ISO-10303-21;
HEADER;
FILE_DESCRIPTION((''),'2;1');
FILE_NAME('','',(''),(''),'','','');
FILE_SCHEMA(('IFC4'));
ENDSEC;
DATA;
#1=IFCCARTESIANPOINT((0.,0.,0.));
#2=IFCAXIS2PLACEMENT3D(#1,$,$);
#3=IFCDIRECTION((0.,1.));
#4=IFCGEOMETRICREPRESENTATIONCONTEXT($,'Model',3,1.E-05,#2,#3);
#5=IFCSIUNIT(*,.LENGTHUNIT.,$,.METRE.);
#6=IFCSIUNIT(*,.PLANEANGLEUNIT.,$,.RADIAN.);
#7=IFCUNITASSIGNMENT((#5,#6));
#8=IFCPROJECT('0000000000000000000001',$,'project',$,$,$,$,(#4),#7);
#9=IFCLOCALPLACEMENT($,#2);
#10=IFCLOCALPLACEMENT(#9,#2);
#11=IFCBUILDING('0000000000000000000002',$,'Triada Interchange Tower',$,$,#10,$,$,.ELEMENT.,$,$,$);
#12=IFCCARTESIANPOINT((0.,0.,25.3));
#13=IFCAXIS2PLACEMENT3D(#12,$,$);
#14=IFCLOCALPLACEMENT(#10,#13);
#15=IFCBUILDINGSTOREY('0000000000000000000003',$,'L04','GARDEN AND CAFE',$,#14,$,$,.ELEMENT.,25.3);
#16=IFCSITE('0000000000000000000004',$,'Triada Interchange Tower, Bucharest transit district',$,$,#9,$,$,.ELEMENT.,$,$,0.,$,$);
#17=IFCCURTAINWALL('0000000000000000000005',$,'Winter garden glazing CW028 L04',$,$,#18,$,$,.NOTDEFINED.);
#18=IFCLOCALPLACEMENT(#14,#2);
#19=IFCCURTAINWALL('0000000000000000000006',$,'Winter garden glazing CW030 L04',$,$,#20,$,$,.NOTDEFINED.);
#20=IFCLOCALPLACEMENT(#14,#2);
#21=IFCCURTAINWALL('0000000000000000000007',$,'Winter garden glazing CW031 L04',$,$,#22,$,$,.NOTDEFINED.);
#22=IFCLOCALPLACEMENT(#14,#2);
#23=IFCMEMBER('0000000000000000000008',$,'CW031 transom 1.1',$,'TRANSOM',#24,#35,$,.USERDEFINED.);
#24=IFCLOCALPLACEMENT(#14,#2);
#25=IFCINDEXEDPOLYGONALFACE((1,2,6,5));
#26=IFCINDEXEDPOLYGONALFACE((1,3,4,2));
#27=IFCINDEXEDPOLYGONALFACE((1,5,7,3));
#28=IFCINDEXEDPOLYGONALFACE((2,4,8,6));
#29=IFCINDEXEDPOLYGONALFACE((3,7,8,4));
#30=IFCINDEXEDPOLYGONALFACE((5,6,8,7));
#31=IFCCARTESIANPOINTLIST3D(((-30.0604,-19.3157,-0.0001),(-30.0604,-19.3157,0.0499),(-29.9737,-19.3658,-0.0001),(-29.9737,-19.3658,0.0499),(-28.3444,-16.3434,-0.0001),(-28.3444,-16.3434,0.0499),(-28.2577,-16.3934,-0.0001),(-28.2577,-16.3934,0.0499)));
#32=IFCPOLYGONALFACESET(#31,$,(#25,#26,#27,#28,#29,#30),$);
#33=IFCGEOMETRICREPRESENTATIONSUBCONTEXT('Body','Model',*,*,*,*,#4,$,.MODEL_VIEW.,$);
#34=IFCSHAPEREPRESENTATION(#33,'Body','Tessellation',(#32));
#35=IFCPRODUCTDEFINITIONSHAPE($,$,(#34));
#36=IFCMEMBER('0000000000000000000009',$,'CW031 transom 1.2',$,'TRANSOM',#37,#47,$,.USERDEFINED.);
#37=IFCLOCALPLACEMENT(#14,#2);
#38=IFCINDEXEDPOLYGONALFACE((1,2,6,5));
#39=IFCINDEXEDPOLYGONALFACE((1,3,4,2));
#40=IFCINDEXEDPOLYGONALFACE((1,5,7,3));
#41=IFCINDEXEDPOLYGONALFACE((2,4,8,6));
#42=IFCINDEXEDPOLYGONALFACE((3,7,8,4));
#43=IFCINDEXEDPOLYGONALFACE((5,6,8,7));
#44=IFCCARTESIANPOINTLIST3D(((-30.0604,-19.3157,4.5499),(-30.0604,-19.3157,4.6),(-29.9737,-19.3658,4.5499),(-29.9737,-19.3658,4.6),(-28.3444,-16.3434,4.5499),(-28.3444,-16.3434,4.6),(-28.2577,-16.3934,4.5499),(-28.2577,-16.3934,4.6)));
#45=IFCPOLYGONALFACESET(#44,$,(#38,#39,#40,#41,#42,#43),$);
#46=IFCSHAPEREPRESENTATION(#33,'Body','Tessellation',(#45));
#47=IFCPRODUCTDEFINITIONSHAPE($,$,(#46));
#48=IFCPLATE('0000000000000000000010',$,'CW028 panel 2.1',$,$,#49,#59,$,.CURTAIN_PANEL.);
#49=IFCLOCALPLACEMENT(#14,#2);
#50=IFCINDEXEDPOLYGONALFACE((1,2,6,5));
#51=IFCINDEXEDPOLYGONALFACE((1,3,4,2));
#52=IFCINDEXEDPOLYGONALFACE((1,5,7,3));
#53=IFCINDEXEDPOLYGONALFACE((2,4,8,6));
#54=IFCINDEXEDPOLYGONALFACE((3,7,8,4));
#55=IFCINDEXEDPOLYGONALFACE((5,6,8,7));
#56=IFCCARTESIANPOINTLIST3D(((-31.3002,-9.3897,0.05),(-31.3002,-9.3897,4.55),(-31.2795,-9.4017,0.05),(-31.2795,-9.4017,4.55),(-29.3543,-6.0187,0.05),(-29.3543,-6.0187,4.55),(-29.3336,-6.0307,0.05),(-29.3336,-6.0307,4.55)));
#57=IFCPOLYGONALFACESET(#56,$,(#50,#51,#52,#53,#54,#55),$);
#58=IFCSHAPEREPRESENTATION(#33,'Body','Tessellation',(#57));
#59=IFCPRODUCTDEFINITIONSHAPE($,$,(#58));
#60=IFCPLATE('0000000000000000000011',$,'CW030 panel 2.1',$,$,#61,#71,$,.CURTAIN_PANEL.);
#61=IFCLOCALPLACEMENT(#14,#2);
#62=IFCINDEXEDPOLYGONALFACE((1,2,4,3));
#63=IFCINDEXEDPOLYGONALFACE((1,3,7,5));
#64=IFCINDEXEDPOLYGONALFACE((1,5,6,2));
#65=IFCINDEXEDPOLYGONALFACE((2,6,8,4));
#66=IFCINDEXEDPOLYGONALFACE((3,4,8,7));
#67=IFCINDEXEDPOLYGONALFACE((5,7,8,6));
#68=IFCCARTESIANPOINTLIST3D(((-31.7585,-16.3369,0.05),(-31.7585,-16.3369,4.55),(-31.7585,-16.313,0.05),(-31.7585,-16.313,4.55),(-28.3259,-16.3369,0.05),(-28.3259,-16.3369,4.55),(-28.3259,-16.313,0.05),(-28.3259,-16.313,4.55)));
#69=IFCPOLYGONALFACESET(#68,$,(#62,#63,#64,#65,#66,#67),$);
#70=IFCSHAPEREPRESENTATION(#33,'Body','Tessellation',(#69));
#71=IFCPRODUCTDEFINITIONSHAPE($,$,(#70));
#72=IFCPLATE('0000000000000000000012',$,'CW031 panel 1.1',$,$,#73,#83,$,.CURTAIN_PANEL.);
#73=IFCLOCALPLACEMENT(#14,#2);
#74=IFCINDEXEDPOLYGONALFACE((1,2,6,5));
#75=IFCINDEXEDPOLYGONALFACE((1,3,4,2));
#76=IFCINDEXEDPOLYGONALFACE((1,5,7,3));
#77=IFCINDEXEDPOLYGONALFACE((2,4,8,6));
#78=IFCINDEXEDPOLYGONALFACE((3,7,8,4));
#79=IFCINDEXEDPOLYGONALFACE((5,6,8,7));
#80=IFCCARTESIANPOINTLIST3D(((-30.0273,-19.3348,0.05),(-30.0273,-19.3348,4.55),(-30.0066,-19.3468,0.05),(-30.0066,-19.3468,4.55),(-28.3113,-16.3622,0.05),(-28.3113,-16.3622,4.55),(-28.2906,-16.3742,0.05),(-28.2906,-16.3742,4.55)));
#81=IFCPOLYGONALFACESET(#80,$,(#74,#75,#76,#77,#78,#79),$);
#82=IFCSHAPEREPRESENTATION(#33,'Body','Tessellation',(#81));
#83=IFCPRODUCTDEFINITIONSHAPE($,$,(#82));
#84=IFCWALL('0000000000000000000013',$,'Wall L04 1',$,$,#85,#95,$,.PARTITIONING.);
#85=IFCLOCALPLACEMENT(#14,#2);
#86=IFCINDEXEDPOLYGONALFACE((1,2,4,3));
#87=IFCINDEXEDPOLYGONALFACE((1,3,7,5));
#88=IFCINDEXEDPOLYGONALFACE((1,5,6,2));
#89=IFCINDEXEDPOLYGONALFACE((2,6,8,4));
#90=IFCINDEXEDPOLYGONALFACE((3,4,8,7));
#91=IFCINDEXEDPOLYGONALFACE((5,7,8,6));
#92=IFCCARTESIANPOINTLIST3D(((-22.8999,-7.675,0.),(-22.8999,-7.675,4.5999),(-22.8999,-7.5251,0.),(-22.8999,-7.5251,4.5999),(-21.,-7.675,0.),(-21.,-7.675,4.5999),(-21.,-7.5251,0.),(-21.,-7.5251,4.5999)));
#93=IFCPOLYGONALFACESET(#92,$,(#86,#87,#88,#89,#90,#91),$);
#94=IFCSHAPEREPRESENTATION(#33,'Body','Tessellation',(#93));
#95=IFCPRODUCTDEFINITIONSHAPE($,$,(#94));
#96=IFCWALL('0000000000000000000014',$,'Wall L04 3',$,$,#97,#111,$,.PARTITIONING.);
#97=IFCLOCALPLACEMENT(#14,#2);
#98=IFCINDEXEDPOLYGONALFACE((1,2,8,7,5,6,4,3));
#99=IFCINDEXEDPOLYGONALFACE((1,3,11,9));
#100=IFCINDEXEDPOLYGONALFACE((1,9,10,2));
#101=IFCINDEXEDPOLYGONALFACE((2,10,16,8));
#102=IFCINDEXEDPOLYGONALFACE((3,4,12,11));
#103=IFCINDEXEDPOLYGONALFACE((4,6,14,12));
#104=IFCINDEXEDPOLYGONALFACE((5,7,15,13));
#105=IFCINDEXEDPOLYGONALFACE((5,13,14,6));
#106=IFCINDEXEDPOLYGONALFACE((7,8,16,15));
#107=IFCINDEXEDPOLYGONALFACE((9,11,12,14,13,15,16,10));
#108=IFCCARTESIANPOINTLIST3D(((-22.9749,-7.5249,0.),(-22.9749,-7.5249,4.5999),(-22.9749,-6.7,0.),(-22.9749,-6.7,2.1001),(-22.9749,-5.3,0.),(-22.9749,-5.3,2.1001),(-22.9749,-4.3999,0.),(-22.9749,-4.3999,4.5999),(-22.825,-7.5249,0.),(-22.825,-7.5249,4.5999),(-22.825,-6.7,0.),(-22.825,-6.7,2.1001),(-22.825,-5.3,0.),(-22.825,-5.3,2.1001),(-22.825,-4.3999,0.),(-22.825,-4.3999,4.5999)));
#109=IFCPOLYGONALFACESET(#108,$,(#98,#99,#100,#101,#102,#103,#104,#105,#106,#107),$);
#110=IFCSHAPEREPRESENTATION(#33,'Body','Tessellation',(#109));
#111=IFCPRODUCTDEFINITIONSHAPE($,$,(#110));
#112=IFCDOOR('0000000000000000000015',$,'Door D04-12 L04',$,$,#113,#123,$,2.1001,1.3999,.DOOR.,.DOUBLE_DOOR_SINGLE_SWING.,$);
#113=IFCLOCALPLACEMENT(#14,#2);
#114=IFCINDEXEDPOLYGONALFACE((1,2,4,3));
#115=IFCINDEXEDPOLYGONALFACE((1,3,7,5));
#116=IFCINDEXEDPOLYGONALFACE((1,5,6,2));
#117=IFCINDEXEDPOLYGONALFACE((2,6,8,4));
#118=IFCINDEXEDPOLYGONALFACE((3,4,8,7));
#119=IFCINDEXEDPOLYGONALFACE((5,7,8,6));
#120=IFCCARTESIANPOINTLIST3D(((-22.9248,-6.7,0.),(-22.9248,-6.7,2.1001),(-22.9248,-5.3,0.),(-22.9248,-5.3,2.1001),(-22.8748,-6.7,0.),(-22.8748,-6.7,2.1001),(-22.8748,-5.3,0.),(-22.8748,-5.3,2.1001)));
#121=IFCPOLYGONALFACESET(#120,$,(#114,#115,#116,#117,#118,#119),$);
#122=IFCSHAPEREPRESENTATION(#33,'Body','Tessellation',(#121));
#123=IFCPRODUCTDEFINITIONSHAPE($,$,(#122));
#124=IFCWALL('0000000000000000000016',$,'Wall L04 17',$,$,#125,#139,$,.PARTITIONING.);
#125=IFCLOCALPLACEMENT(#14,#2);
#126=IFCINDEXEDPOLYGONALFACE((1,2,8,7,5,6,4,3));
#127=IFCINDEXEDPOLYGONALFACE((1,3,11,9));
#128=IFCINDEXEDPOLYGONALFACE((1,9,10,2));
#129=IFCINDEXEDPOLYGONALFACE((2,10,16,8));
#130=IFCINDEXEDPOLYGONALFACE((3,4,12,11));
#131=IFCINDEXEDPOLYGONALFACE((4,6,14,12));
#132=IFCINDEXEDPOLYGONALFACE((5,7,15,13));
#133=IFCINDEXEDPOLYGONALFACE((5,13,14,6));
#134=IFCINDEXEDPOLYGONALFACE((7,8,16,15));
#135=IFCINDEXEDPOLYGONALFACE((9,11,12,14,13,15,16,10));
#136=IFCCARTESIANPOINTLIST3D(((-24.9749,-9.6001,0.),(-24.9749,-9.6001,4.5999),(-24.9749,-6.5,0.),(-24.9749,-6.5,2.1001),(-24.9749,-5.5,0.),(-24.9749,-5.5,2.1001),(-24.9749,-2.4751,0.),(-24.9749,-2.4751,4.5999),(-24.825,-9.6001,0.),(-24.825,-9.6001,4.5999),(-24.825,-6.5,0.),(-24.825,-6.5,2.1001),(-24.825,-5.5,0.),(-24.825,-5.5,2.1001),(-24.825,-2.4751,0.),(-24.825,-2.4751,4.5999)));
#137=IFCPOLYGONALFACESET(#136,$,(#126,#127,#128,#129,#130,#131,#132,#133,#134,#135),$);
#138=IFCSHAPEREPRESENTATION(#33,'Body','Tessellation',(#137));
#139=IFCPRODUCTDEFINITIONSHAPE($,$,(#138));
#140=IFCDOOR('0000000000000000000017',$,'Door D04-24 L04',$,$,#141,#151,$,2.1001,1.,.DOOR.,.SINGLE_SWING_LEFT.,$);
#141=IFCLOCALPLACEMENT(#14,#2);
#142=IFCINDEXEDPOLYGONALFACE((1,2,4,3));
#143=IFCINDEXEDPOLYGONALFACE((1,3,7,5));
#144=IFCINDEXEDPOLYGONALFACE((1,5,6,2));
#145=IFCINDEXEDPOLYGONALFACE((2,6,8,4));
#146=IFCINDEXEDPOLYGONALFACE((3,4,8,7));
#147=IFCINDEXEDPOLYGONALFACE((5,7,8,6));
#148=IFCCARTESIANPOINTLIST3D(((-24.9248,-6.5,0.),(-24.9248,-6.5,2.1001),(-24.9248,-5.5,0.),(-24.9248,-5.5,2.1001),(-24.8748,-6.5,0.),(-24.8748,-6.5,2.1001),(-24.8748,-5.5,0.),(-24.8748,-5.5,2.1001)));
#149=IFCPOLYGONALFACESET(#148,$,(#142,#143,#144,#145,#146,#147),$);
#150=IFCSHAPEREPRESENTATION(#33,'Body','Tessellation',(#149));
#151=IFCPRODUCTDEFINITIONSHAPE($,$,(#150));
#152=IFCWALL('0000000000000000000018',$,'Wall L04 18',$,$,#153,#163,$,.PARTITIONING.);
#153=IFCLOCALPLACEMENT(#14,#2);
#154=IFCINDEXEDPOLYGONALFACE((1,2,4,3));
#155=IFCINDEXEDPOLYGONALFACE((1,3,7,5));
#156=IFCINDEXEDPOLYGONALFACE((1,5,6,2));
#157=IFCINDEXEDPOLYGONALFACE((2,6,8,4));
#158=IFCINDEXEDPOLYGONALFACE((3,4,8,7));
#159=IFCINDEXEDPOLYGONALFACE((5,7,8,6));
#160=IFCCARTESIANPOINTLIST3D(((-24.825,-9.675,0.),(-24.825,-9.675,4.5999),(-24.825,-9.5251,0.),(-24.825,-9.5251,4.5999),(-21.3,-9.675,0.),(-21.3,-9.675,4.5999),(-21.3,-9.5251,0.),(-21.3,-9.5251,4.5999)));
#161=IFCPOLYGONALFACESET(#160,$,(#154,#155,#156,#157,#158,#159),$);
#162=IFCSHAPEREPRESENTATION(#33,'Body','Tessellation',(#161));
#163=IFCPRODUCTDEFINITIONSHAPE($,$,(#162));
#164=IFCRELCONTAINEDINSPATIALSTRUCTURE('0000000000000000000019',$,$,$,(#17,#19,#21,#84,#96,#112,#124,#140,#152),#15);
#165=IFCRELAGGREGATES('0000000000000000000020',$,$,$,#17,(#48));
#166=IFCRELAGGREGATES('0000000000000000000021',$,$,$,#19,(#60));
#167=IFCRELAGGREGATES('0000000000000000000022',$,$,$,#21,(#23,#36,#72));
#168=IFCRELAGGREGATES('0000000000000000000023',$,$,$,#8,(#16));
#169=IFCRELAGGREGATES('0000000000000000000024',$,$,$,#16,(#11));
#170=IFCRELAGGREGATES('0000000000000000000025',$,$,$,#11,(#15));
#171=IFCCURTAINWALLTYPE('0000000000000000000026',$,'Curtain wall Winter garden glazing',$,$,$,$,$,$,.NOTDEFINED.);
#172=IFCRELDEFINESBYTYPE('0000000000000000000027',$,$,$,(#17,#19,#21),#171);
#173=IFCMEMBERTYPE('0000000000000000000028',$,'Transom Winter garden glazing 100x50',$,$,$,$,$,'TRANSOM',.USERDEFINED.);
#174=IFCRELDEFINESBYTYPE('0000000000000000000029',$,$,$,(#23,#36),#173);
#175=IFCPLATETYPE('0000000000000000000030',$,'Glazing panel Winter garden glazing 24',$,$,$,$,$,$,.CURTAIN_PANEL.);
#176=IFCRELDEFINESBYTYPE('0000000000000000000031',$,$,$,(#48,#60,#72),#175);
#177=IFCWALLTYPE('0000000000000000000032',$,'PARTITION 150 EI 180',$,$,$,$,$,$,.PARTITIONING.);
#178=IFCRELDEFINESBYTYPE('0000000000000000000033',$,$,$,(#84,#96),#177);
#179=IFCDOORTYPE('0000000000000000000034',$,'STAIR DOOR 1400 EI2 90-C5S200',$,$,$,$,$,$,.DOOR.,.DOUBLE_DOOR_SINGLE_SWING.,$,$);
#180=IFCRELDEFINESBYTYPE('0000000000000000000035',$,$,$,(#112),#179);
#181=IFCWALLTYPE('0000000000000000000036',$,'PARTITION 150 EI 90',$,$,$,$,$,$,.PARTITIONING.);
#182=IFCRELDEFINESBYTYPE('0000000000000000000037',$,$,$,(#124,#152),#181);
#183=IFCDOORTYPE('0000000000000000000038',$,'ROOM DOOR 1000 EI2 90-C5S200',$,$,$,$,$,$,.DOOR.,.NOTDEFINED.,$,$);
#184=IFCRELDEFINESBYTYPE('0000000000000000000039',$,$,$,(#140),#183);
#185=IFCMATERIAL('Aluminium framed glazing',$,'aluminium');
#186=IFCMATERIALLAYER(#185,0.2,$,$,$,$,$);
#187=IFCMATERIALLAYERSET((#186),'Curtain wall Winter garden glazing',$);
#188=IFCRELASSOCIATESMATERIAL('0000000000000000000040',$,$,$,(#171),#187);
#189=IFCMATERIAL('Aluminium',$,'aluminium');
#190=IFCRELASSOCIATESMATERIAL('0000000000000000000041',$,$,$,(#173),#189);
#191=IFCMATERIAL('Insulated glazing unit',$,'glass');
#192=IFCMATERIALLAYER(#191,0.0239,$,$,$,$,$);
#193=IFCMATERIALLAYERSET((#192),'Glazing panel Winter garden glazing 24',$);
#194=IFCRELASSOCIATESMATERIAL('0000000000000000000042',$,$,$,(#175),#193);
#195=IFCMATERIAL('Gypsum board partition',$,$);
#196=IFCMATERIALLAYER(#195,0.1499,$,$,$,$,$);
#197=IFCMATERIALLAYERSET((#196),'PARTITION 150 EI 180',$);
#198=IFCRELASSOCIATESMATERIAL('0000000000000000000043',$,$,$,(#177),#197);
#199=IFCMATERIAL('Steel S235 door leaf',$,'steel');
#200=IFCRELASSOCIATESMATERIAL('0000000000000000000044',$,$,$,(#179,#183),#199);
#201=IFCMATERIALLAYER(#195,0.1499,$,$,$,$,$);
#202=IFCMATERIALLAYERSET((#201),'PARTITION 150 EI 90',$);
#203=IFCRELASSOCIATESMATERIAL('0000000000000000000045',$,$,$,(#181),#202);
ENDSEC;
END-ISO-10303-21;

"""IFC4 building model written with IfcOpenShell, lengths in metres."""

from ifc_helpers import new_model, si_unit, direction, frame, frame_2d, origin, origin_2d, place, context, subcontext, project, spatial, rectangle, extrude, material, layer, layer_set, material_profile, profile_set, type_object, element, fill, aggregate, save


model = new_model("IFC4")

# Units and contexts
model_context = context("Model", 3, precision=1e-05, world=origin(), true_north=direction((0.0, 1.0)))
body_context = subcontext(model_context, "Body", "Model", "MODEL_VIEW")
ifc_project = project(units=[si_unit("LENGTHUNIT", "METRE"), si_unit("PLANEANGLEUNIT", "RADIAN")], contexts=[model_context])

# Site, building, storey
site_placement = place(None, origin())
site = spatial("IfcSite", under=ifc_project, at=site_placement, Name="Triada Interchange Tower, Bucharest transit district", CompositionType="ELEMENT", RefElevation=0.0)
building_placement = place(site_placement, origin())
building = spatial("IfcBuilding", under=site, at=building_placement, Name="Triada Interchange Tower", CompositionType="ELEMENT")
storey_placement = place(building_placement, frame((0.0, 0.0, 25.3)))
storey = spatial("IfcBuildingStorey", under=building, at=storey_placement, Name="L04", Description="GARDEN AND CAFE", CompositionType="ELEMENT", Elevation=25.3)

# Curtain wall
ifc_material_1 = material(Name="Aluminium framed glazing", Category="aluminium")
ifc_layer_1 = layer(ifc_material_1, 0.2)
ifc_layer_set_1 = layer_set([ifc_layer_1], Name="Curtain wall Winter garden glazing")
curtain_wall_type = type_object("IfcCurtainWallType", Name="Curtain wall Winter garden glazing", PredefinedType="NOTDEFINED", material=ifc_layer_set_1)
curtain_wall_1_placement = place(storey_placement, origin())
curtain_wall_1 = element("IfcCurtainWall", 1, at=curtain_wall_1_placement, inside=storey, type_object=curtain_wall_type, Name="Winter garden glazing CW028 L04", PredefinedType="NOTDEFINED")
ifc_material_2 = material(Name="Aluminium", Category="aluminium")

# Curtain walls
curtain_wall_2_placement = place(storey_placement, origin())
curtain_wall_2 = element("IfcCurtainWall", 2, at=curtain_wall_2_placement, inside=storey, type_object=curtain_wall_type, Name="Winter garden glazing CW030 L04", PredefinedType="NOTDEFINED")
curtain_wall_3_placement = place(storey_placement, origin())
curtain_wall_3 = element("IfcCurtainWall", 3, at=curtain_wall_3_placement, inside=storey, type_object=curtain_wall_type, Name="Winter garden glazing CW031 L04", PredefinedType="NOTDEFINED")

# Members
ifc_material_profile_1 = material_profile(ifc_material_2, rectangle(XDim=0.1001, YDim=0.05, at=origin_2d()), Name="Aluminium transom")
ifc_profile_set_1 = profile_set([ifc_material_profile_1], Name="Aluminium")
member_type_1 = type_object("IfcMemberType", Name="Transom Winter garden glazing 100x50", ElementType="TRANSOM", PredefinedType="USERDEFINED", material=ifc_profile_set_1)
member_1_placement = place(storey_placement, frame((-28.301, -16.3684, 0.0249), z_axis=(-0.499987, -0.866033, 0.0), x_axis=(0.866033, -0.499987, 0.0)))
member_1 = element("IfcMember", 4, at=member_1_placement, type_object=member_type_1, Name="CW031 transom 1.1", ObjectType="TRANSOM", PredefinedType="USERDEFINED", context=body_context, shape_type="SweptSolid", body=[
    extrude(rectangle(XDim=0.1001, YDim=0.05, at=origin_2d()), origin(), (0.0, 0.0, 1.0), 3.4321),
])
member_2_placement = place(storey_placement, frame((-28.301, -16.3684, 4.575), z_axis=(-0.499987, -0.866033, 0.0), x_axis=(0.866033, -0.499987, 0.0)))
member_2 = element("IfcMember", 5, at=member_2_placement, type_object=member_type_1, Name="CW031 transom 1.2", ObjectType="TRANSOM", PredefinedType="USERDEFINED", context=body_context, shape_type="SweptSolid", body=[
    extrude(rectangle(XDim=0.1001, YDim=0.05, at=origin_2d()), origin(), (0.0, 0.0, 1.0), 3.4321),
])

# Plates
ifc_material_3 = material(Name="Insulated glazing unit", Category="glass")
ifc_layer_2 = layer(ifc_material_3, 0.0239)
ifc_layer_set_2 = layer_set([ifc_layer_2], Name="Glazing panel Winter garden glazing 24")
plate_type = type_object("IfcPlateType", Name="Glazing panel Winter garden glazing 24", PredefinedType="CURTAIN_PANEL", material=ifc_layer_set_2)
plate_1_placement = place(storey_placement, frame((-30.3169, -7.7102, 0.05), z_axis=(0.0, 0.0, 1.0), x_axis=(-0.499948, -0.866055, 0.0)))
plate_1 = element("IfcPlate", 6, at=plate_1_placement, type_object=plate_type, Name="CW028 panel 2.1", PredefinedType="CURTAIN_PANEL", context=body_context, shape_type="SweptSolid", body=[
    extrude(rectangle(XDim=3.8923, YDim=0.0239, at=origin_2d()), origin(), (0.0, 0.0, 1.0), 4.5),
])
aggregate(curtain_wall_1, [plate_1])
plate_2_placement = place(storey_placement, frame((-30.0422, -16.325, 0.05), z_axis=(0.0, 0.0, 1.0), x_axis=(1.0, 0.0, 0.0)))
plate_2 = element("IfcPlate", 7, at=plate_2_placement, type_object=plate_type, Name="CW030 panel 2.1", PredefinedType="CURTAIN_PANEL", context=body_context, shape_type="SweptSolid", body=[
    extrude(rectangle(XDim=3.4326, YDim=0.0239, at=origin_2d()), origin(), (0.0, 0.0, 1.0), 4.5),
])
aggregate(curtain_wall_2, [plate_2])
plate_3_placement = place(storey_placement, frame((-29.1589, -17.8545, 0.05), z_axis=(0.0, 0.0, 1.0), x_axis=(-0.499957, -0.86605, 0.0)))
plate_3 = element("IfcPlate", 8, at=plate_3_placement, type_object=plate_type, Name="CW031 panel 1.1", PredefinedType="CURTAIN_PANEL", context=body_context, shape_type="SweptSolid", body=[
    extrude(rectangle(XDim=3.4324, YDim=0.0239, at=origin_2d()), origin(), (0.0, 0.0, 1.0), 4.5),
])
aggregate(curtain_wall_3, [member_1, member_2, plate_3])

# Wall
ifc_material_4 = material(Name="Gypsum board partition")
ifc_layer_3 = layer(ifc_material_4, 0.1499)
ifc_layer_set_3 = layer_set([ifc_layer_3], Name="PARTITION 150 EI 180")
wall_type_1 = type_object("IfcWallType", Name="PARTITION 150 EI 180", PredefinedType="PARTITIONING", material=ifc_layer_set_3)
wall_1_placement = place(storey_placement, frame((-22.8999, -7.6001, 0.0), z_axis=(0.0, 0.0, 1.0), x_axis=(1.0, 0.0, 0.0)))
element("IfcWall", 9, at=wall_1_placement, inside=storey, type_object=wall_type_1, Name="Wall L04 1", PredefinedType="PARTITIONING", context=body_context, shape_type="SweptSolid", body=[
    extrude(rectangle(XDim=1.8999, YDim=0.1499, at=frame_2d((0.95, 0.0))), origin(), (0.0, 0.0, 1.0), 4.5999),
])

# Walls, openings, doors
wall_2_placement = place(storey_placement, frame((-22.8999, -7.5249, 0.0), z_axis=(0.0, 0.0, 1.0), x_axis=(0.0, 1.0, 0.0)))
wall_2 = element("IfcWall", 10, at=wall_2_placement, inside=storey, type_object=wall_type_1, Name="Wall L04 3", PredefinedType="PARTITIONING", context=body_context, shape_type="SweptSolid", body=[
    extrude(rectangle(XDim=3.125, YDim=0.1499, at=frame_2d((1.5625, 0.0))), origin(), (0.0, 0.0, 1.0), 4.5999),
])
opening_1_placement = place(wall_2_placement, frame((0.825, 0.0, 0.0)))
opening_1 = element("IfcOpeningElement", 11, at=opening_1_placement, cuts=wall_2, PredefinedType="OPENING", context=body_context, shape_type="SweptSolid", body=[
    extrude(rectangle(XDim=1.3999, YDim=2.1001, at=frame_2d((0.7, 1.05))), frame((0.0, 0.085, 0.0), z_axis=(0.0, -1.0, 0.0), x_axis=(1.0, 0.0, 0.0)), (0.0, 0.0, 1.0), 0.1699),
])
ifc_material_5 = material(Name="Steel S235 door leaf", Category="steel")
door_type_1 = type_object("IfcDoorType", Name="STAIR DOOR 1400 EI2 90-C5S200", OperationType="DOUBLE_DOOR_SINGLE_SWING", PredefinedType="DOOR", material=ifc_material_5)
door_1_placement = place(opening_1_placement, origin())
door_1 = element("IfcDoor", 12, at=door_1_placement, inside=storey, type_object=door_type_1, Name="Door D04-12 L04", OperationType="DOUBLE_DOOR_SINGLE_SWING", OverallHeight=2.1001, OverallWidth=1.3999, PredefinedType="DOOR", context=body_context, shape_type="SweptSolid", body=[
    extrude(rectangle(XDim=1.3999, YDim=2.1001, at=frame_2d((0.7, 1.05))), frame((0.0, 0.0249, 0.0), z_axis=(0.0, -1.0, 0.0), x_axis=(1.0, 0.0, 0.0)), (0.0, 0.0, 1.0), 0.05),
])
fill(opening_1, door_1)
ifc_layer_4 = layer(ifc_material_4, 0.1499)
ifc_layer_set_4 = layer_set([ifc_layer_4], Name="PARTITION 150 EI 90")
wall_type_2 = type_object("IfcWallType", Name="PARTITION 150 EI 90", PredefinedType="PARTITIONING", material=ifc_layer_set_4)
wall_3_placement = place(storey_placement, frame((-24.8999, -9.6001, 0.0), z_axis=(0.0, 0.0, 1.0), x_axis=(0.0, 1.0, 0.0)))
wall_3 = element("IfcWall", 13, at=wall_3_placement, inside=storey, type_object=wall_type_2, Name="Wall L04 17", PredefinedType="PARTITIONING", context=body_context, shape_type="SweptSolid", body=[
    extrude(rectangle(XDim=7.125, YDim=0.1499, at=frame_2d((3.5625, 0.0))), origin(), (0.0, 0.0, 1.0), 4.5999),
])
opening_2_placement = place(wall_3_placement, frame((3.1001, 0.0, 0.0)))
opening_2 = element("IfcOpeningElement", 14, at=opening_2_placement, cuts=wall_3, PredefinedType="OPENING", context=body_context, shape_type="SweptSolid", body=[
    extrude(rectangle(XDim=1.0, YDim=2.1001, at=frame_2d((0.5, 1.05))), frame((0.0, 0.085, 0.0), z_axis=(0.0, -1.0, 0.0), x_axis=(1.0, 0.0, 0.0)), (0.0, 0.0, 1.0), 0.1699),
])
door_type_2 = type_object("IfcDoorType", Name="ROOM DOOR 1000 EI2 90-C5S200", OperationType="NOTDEFINED", PredefinedType="DOOR", material=ifc_material_5)
door_2_placement = place(opening_2_placement, origin())
door_2 = element("IfcDoor", 15, at=door_2_placement, inside=storey, type_object=door_type_2, Name="Door D04-24 L04", OperationType="SINGLE_SWING_LEFT", OverallHeight=2.1001, OverallWidth=1.0, PredefinedType="DOOR", context=body_context, shape_type="SweptSolid", body=[
    extrude(rectangle(XDim=1.0, YDim=2.1001, at=frame_2d((0.5, 1.05))), frame((0.0, 0.0249, 0.0), z_axis=(0.0, -1.0, 0.0), x_axis=(1.0, 0.0, 0.0)), (0.0, 0.0, 1.0), 0.05),
])
fill(opening_2, door_2)

# Wall
wall_4_placement = place(storey_placement, frame((-24.825, -9.6001, 0.0), z_axis=(0.0, 0.0, 1.0), x_axis=(1.0, 0.0, 0.0)))
element("IfcWall", 16, at=wall_4_placement, inside=storey, type_object=wall_type_2, Name="Wall L04 18", PredefinedType="PARTITIONING", context=body_context, shape_type="SweptSolid", body=[
    extrude(rectangle(XDim=3.5249, YDim=0.1499, at=frame_2d((1.7625, 0.0))), origin(), (0.0, 0.0, 1.0), 4.5999),
])

save(model, "model.ifc")
